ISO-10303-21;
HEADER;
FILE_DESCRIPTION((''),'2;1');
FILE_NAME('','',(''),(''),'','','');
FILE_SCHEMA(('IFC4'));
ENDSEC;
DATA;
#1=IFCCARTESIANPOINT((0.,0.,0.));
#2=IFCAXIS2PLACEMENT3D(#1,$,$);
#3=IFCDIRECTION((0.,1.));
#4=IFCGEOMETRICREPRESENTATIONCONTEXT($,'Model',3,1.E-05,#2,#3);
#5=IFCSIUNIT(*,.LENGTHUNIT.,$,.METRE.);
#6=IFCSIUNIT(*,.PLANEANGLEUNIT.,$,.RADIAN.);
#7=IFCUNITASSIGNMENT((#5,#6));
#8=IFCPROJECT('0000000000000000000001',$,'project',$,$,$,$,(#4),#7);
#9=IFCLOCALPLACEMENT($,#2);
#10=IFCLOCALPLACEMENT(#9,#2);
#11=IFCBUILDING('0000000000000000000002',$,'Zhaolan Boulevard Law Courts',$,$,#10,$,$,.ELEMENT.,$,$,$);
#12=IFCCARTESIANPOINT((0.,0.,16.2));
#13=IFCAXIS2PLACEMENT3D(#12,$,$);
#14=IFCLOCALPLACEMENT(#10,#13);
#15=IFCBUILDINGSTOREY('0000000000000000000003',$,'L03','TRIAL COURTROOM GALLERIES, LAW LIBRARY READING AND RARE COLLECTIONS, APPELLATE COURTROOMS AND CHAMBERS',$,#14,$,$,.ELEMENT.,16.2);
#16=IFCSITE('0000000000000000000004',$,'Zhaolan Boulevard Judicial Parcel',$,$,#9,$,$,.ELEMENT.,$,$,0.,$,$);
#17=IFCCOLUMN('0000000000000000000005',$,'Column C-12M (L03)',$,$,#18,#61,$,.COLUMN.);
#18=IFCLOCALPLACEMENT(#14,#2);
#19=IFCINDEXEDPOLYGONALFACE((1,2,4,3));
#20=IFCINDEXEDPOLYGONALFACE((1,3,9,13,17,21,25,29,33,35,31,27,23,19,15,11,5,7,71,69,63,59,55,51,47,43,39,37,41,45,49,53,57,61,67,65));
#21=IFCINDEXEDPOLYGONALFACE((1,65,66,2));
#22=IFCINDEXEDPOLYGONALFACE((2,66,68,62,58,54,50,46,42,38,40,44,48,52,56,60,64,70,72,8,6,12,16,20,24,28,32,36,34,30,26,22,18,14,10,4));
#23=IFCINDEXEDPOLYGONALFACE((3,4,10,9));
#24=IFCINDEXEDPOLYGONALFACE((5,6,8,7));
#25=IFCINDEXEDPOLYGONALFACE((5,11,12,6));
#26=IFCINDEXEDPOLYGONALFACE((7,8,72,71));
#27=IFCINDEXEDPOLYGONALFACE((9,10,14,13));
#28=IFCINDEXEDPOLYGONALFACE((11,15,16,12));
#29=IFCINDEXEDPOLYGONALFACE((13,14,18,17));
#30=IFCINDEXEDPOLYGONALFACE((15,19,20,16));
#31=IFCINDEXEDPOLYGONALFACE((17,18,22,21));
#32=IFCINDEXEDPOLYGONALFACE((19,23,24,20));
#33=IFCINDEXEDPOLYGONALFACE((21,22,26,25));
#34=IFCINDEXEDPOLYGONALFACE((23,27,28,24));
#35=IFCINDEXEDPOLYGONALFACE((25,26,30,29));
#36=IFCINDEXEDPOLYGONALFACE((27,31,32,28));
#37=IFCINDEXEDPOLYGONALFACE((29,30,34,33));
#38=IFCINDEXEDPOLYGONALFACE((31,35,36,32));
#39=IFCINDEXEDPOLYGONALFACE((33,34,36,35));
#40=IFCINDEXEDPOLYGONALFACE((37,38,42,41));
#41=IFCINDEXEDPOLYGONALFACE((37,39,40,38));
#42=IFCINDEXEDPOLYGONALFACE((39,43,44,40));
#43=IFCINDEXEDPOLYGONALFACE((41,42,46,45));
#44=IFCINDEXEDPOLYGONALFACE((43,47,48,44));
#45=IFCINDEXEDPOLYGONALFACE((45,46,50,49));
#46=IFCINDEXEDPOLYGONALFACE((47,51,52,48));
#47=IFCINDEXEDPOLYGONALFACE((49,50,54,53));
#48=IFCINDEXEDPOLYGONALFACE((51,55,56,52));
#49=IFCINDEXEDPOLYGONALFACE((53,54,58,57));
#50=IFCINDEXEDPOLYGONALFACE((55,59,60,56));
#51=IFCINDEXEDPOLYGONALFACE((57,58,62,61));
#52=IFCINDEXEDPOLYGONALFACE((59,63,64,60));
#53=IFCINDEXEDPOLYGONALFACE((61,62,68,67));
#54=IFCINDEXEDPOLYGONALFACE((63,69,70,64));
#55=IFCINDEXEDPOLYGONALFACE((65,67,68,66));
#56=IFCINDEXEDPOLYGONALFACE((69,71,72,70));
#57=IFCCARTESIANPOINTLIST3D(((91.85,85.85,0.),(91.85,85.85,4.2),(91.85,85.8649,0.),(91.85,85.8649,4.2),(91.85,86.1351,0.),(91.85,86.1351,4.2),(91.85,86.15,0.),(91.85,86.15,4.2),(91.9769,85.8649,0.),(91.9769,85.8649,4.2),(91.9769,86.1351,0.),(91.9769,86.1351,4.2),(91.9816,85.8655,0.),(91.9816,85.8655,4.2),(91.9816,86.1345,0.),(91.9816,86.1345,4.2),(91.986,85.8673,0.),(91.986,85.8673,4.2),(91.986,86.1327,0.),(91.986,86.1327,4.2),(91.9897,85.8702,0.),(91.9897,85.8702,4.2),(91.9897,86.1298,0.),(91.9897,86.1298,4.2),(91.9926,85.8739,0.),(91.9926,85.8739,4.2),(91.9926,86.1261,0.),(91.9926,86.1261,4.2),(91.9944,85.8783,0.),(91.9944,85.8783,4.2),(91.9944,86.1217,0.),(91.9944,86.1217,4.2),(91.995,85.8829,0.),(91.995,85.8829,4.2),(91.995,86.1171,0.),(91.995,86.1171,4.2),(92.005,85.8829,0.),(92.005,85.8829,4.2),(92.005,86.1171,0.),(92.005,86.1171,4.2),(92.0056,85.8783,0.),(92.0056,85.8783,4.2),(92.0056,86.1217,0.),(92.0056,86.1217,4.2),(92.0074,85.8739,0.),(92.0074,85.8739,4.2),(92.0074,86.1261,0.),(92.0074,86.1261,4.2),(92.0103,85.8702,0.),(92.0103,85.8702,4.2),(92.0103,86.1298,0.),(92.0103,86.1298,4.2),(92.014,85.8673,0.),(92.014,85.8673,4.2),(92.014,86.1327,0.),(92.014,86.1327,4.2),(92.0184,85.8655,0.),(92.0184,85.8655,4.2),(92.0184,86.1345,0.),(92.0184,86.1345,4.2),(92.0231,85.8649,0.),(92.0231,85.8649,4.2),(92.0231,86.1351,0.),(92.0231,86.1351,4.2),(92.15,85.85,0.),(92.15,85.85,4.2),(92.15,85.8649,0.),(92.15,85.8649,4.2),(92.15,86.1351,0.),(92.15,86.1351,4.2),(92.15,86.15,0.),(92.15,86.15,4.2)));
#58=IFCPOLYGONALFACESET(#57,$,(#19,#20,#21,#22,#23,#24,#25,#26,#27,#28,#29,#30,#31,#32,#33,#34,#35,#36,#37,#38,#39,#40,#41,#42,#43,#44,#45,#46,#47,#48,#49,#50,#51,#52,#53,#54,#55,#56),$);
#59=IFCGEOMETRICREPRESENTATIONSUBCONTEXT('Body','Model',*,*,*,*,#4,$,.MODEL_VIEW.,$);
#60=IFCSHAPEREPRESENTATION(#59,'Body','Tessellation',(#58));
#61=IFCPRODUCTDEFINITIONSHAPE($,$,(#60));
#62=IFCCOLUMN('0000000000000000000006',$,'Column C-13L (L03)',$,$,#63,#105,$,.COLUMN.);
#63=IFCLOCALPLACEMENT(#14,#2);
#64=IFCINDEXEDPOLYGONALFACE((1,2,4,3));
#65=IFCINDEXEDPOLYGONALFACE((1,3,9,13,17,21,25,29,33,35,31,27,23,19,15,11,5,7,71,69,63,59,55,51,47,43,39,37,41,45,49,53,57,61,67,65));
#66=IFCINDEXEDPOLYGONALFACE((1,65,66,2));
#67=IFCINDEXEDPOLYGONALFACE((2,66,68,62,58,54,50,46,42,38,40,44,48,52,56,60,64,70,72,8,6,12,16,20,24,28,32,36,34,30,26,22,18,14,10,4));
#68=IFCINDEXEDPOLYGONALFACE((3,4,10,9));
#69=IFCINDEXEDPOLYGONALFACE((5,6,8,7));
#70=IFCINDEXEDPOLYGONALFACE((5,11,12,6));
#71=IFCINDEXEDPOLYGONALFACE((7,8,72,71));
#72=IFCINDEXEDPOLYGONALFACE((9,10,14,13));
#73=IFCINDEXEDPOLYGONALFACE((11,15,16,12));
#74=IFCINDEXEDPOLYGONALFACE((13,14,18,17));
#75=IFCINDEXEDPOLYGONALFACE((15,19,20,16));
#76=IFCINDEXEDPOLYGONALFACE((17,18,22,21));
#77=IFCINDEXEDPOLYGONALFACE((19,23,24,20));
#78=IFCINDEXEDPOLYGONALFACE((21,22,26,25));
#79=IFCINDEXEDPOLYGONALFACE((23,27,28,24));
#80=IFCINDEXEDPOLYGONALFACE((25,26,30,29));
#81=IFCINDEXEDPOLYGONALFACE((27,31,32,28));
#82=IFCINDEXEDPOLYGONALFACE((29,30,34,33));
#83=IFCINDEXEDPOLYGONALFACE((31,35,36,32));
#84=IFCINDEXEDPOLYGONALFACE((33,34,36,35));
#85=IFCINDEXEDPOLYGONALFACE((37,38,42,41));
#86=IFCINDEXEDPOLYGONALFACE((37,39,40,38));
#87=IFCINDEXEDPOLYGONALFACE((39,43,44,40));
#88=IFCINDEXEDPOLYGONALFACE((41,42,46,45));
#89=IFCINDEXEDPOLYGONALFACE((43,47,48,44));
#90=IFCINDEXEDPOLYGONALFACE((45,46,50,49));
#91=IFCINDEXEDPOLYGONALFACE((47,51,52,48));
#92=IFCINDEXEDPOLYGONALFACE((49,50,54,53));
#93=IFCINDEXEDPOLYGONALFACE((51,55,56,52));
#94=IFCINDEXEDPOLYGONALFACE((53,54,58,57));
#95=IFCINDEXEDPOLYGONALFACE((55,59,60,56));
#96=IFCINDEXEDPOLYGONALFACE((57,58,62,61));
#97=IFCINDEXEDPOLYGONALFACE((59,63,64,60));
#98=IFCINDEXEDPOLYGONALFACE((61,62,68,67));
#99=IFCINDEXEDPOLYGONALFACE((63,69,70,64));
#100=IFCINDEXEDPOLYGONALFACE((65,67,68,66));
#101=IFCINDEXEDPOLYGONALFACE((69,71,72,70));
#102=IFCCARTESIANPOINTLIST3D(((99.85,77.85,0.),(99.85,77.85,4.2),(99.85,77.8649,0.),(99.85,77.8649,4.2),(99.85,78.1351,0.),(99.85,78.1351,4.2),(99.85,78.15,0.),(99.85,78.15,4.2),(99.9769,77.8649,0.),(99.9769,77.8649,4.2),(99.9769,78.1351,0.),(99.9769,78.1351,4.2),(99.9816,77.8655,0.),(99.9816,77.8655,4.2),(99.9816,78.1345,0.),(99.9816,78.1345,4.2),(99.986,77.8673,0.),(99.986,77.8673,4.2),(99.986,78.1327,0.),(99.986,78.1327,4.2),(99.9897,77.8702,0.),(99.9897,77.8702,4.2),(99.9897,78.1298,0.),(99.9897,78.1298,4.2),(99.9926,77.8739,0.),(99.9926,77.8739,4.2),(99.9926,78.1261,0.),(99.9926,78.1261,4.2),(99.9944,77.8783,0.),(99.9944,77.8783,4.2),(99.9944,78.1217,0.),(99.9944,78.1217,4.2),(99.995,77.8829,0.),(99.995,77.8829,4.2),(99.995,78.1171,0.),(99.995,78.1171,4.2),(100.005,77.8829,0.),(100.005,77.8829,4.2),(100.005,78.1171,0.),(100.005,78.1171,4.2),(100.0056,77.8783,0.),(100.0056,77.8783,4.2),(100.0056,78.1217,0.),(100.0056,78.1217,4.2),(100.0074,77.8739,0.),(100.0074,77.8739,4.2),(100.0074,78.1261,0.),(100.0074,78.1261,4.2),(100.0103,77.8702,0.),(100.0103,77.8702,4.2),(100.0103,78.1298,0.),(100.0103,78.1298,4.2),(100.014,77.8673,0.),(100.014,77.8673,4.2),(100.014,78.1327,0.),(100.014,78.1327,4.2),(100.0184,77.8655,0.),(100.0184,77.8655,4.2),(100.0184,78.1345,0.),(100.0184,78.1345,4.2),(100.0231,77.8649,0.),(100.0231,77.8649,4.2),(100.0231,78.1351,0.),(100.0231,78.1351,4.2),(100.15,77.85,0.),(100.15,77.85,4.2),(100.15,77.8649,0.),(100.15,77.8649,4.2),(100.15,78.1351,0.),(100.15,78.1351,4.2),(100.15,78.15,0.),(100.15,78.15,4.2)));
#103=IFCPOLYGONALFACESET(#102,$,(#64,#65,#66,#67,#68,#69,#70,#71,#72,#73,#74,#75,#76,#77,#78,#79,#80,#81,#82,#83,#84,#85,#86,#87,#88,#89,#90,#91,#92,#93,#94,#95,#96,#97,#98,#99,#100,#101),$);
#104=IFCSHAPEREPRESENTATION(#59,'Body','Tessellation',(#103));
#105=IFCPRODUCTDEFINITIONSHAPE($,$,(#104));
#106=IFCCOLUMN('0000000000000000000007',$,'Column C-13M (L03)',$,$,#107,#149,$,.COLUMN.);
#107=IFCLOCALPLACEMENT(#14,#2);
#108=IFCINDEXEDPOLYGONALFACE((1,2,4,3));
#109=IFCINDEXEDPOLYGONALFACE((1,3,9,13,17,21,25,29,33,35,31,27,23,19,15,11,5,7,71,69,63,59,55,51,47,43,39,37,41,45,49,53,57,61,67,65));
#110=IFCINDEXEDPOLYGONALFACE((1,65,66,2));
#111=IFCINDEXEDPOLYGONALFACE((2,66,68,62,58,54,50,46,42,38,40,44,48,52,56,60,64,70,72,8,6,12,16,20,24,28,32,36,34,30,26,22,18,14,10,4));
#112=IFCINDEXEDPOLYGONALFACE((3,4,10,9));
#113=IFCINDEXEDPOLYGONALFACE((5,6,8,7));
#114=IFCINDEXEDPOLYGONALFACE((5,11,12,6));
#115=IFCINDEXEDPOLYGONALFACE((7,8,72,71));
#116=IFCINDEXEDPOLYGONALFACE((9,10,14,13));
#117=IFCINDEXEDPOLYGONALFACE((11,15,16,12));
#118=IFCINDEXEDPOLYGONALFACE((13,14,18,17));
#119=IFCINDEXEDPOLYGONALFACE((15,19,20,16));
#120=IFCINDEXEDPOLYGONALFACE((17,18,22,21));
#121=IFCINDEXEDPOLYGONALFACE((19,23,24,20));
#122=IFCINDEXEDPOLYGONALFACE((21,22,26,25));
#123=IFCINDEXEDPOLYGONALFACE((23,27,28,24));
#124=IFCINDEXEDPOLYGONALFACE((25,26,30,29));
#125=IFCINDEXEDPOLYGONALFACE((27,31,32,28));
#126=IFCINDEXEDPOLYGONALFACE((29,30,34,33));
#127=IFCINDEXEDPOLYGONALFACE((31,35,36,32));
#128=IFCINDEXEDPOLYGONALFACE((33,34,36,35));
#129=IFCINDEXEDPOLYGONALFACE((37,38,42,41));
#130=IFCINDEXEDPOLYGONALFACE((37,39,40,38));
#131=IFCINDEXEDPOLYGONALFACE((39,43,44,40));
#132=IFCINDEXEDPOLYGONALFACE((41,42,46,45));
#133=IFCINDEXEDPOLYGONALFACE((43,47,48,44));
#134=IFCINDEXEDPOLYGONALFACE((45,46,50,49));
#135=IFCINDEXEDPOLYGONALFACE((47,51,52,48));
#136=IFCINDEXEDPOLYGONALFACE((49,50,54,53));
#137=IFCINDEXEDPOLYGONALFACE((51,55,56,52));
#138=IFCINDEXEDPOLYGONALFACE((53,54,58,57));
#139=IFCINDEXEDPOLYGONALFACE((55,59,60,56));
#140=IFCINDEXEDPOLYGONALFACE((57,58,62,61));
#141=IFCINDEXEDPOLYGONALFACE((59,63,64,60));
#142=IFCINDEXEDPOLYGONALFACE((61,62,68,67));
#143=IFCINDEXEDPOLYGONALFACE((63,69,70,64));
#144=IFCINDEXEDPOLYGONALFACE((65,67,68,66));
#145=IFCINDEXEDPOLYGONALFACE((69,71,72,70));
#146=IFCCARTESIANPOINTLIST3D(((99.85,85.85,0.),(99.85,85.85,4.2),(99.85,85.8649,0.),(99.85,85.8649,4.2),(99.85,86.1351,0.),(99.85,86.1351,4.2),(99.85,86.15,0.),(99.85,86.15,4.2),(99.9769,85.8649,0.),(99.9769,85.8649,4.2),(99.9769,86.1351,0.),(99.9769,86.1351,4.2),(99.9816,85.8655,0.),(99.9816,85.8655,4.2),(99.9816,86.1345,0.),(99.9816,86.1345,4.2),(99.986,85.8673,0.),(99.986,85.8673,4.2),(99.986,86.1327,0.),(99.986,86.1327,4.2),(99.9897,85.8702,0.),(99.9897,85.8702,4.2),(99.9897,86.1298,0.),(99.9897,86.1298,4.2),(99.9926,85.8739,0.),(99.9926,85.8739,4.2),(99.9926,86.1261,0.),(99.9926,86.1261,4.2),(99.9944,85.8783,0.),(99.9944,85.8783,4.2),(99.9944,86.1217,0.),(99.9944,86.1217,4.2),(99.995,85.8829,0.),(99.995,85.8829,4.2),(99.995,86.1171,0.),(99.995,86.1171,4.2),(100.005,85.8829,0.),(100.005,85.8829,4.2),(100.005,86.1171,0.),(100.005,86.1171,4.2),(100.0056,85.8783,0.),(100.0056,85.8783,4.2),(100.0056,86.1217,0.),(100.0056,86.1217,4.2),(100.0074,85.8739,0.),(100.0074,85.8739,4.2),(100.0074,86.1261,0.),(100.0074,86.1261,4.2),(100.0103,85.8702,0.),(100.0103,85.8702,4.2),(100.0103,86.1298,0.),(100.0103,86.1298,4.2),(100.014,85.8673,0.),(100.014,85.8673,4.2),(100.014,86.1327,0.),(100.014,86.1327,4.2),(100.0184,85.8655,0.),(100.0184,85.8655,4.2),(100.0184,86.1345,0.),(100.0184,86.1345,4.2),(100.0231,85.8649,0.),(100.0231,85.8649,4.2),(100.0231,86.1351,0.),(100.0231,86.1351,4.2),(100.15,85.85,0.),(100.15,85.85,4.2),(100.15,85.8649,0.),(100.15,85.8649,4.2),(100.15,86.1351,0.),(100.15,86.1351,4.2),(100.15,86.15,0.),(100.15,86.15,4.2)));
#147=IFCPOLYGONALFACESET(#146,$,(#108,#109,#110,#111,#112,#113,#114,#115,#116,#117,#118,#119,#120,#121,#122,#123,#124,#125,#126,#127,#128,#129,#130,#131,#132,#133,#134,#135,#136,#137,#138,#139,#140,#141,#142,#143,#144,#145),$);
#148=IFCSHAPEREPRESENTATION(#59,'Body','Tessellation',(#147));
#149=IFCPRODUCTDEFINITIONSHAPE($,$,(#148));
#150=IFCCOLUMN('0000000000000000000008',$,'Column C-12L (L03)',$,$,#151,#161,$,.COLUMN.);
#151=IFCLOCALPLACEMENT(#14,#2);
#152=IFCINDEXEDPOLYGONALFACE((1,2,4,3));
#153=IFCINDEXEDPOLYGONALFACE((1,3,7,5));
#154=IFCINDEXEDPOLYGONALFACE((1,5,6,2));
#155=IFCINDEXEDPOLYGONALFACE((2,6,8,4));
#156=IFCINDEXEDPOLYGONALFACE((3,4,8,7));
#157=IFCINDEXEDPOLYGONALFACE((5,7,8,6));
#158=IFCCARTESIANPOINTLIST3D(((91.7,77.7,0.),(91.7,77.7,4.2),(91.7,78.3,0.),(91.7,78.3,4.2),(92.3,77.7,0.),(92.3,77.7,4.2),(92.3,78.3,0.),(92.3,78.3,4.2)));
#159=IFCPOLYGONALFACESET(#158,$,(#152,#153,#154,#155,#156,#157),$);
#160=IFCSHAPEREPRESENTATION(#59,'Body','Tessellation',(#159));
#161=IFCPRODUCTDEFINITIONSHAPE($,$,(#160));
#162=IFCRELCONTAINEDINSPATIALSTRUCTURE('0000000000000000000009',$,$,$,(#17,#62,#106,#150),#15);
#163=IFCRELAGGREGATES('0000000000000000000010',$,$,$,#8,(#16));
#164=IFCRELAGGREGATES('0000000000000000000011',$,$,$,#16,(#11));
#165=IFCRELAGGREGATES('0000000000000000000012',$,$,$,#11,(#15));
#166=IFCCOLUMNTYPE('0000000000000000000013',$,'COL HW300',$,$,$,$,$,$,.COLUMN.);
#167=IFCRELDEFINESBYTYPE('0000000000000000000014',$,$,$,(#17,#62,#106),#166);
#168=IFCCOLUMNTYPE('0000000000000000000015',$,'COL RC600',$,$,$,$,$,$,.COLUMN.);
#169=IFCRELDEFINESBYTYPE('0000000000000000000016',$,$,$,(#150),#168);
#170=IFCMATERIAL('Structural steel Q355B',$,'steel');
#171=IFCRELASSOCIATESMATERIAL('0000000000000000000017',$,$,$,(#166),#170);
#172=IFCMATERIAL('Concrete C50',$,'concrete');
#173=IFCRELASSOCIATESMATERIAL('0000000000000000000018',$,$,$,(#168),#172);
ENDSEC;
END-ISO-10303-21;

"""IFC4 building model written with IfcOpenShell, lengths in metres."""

from ifc_helpers import new_model, si_unit, direction, frame, origin, origin_2d, place, context, subcontext, project, spatial, rectangle, i_section, extrude, material, material_profile, profile_set, type_object, element, save


model = new_model("IFC4")

# Units and contexts
model_context = context("Model", 3, precision=1e-05, world=origin(), true_north=direction((0.0, 1.0)))
body_context = subcontext(model_context, "Body", "Model", "MODEL_VIEW")
ifc_project = project(units=[si_unit("LENGTHUNIT", "METRE"), si_unit("PLANEANGLEUNIT", "RADIAN")], contexts=[model_context])

# Site, building, storey
site_placement = place(None, origin())
site = spatial("IfcSite", under=ifc_project, at=site_placement, Name="Zhaolan Boulevard Judicial Parcel", CompositionType="ELEMENT", RefElevation=0.0)
building_placement = place(site_placement, origin())
building = spatial("IfcBuilding", under=site, at=building_placement, Name="Zhaolan Boulevard Law Courts", CompositionType="ELEMENT")
storey_placement = place(building_placement, frame((0.0, 0.0, 16.2)))
storey = spatial("IfcBuildingStorey", under=building, at=storey_placement, Name="L03", Description="TRIAL COURTROOM GALLERIES, LAW LIBRARY READING AND RARE COLLECTIONS, APPELLATE COURTROOMS AND CHAMBERS", CompositionType="ELEMENT", Elevation=16.2)

# Columns
ifc_material_1 = material(Name="Structural steel Q355B", Category="steel")
ifc_material_profile_1 = material_profile(ifc_material_1, i_section(OverallWidth=0.3, OverallDepth=0.3, WebThickness=0.01, FlangeThickness=0.0149, FilletRadius=0.0181, at=origin_2d()), Name="HW300x300")
ifc_profile_set_1 = profile_set([ifc_material_profile_1], Name="Structural steel Q355B")
column_type_1 = type_object("IfcColumnType", Name="COL HW300", PredefinedType="COLUMN", material=ifc_profile_set_1)
for number, where, z_axis, x_axis, name in (
    (1, (92.0, 86.0, 0.0), (0.0, 0.0, 1.0), (1.0, 0.0, 0.0), "Column C-12M (L03)"),
    (2, (100.0, 78.0, 0.0), (0.0, 0.0, 1.0), (1.0, 0.0, 0.0), "Column C-13L (L03)"),
    (3, (100.0, 86.0, 0.0), (0.0, 0.0, 1.0), (1.0, 0.0, 0.0), "Column C-13M (L03)"),
):
    element("IfcColumn", number, at=place(storey_placement, frame(where, z_axis=z_axis, x_axis=x_axis)), inside=storey, type_object=column_type_1, Name=name, PredefinedType="COLUMN", context=body_context, shape_type="SweptSolid", body=[
        extrude(i_section(OverallWidth=0.3, OverallDepth=0.3, WebThickness=0.01, FlangeThickness=0.0149, FilletRadius=0.0181, at=origin_2d()), origin(), (0.0, 0.0, 1.0), 4.2),
    ])
ifc_material_2 = material(Name="Concrete C50", Category="concrete")
ifc_material_profile_2 = material_profile(ifc_material_2, rectangle(XDim=0.6001, YDim=0.6001, at=origin_2d()), Name="RC600x600")
ifc_profile_set_2 = profile_set([ifc_material_profile_2], Name="Concrete C50")
column_type_2 = type_object("IfcColumnType", Name="COL RC600", PredefinedType="COLUMN", material=ifc_profile_set_2)
column_placement = place(storey_placement, frame((92.0, 78.0, 0.0), z_axis=(0.0, 0.0, 1.0), x_axis=(1.0, 0.0, 0.0)))
element("IfcColumn", 4, at=column_placement, inside=storey, type_object=column_type_2, Name="Column C-12L (L03)", PredefinedType="COLUMN", context=body_context, shape_type="SweptSolid", body=[
    extrude(rectangle(XDim=0.6001, YDim=0.6001, at=origin_2d()), origin(), (0.0, 0.0, 1.0), 4.2),
])

save(model, "model.ifc")
